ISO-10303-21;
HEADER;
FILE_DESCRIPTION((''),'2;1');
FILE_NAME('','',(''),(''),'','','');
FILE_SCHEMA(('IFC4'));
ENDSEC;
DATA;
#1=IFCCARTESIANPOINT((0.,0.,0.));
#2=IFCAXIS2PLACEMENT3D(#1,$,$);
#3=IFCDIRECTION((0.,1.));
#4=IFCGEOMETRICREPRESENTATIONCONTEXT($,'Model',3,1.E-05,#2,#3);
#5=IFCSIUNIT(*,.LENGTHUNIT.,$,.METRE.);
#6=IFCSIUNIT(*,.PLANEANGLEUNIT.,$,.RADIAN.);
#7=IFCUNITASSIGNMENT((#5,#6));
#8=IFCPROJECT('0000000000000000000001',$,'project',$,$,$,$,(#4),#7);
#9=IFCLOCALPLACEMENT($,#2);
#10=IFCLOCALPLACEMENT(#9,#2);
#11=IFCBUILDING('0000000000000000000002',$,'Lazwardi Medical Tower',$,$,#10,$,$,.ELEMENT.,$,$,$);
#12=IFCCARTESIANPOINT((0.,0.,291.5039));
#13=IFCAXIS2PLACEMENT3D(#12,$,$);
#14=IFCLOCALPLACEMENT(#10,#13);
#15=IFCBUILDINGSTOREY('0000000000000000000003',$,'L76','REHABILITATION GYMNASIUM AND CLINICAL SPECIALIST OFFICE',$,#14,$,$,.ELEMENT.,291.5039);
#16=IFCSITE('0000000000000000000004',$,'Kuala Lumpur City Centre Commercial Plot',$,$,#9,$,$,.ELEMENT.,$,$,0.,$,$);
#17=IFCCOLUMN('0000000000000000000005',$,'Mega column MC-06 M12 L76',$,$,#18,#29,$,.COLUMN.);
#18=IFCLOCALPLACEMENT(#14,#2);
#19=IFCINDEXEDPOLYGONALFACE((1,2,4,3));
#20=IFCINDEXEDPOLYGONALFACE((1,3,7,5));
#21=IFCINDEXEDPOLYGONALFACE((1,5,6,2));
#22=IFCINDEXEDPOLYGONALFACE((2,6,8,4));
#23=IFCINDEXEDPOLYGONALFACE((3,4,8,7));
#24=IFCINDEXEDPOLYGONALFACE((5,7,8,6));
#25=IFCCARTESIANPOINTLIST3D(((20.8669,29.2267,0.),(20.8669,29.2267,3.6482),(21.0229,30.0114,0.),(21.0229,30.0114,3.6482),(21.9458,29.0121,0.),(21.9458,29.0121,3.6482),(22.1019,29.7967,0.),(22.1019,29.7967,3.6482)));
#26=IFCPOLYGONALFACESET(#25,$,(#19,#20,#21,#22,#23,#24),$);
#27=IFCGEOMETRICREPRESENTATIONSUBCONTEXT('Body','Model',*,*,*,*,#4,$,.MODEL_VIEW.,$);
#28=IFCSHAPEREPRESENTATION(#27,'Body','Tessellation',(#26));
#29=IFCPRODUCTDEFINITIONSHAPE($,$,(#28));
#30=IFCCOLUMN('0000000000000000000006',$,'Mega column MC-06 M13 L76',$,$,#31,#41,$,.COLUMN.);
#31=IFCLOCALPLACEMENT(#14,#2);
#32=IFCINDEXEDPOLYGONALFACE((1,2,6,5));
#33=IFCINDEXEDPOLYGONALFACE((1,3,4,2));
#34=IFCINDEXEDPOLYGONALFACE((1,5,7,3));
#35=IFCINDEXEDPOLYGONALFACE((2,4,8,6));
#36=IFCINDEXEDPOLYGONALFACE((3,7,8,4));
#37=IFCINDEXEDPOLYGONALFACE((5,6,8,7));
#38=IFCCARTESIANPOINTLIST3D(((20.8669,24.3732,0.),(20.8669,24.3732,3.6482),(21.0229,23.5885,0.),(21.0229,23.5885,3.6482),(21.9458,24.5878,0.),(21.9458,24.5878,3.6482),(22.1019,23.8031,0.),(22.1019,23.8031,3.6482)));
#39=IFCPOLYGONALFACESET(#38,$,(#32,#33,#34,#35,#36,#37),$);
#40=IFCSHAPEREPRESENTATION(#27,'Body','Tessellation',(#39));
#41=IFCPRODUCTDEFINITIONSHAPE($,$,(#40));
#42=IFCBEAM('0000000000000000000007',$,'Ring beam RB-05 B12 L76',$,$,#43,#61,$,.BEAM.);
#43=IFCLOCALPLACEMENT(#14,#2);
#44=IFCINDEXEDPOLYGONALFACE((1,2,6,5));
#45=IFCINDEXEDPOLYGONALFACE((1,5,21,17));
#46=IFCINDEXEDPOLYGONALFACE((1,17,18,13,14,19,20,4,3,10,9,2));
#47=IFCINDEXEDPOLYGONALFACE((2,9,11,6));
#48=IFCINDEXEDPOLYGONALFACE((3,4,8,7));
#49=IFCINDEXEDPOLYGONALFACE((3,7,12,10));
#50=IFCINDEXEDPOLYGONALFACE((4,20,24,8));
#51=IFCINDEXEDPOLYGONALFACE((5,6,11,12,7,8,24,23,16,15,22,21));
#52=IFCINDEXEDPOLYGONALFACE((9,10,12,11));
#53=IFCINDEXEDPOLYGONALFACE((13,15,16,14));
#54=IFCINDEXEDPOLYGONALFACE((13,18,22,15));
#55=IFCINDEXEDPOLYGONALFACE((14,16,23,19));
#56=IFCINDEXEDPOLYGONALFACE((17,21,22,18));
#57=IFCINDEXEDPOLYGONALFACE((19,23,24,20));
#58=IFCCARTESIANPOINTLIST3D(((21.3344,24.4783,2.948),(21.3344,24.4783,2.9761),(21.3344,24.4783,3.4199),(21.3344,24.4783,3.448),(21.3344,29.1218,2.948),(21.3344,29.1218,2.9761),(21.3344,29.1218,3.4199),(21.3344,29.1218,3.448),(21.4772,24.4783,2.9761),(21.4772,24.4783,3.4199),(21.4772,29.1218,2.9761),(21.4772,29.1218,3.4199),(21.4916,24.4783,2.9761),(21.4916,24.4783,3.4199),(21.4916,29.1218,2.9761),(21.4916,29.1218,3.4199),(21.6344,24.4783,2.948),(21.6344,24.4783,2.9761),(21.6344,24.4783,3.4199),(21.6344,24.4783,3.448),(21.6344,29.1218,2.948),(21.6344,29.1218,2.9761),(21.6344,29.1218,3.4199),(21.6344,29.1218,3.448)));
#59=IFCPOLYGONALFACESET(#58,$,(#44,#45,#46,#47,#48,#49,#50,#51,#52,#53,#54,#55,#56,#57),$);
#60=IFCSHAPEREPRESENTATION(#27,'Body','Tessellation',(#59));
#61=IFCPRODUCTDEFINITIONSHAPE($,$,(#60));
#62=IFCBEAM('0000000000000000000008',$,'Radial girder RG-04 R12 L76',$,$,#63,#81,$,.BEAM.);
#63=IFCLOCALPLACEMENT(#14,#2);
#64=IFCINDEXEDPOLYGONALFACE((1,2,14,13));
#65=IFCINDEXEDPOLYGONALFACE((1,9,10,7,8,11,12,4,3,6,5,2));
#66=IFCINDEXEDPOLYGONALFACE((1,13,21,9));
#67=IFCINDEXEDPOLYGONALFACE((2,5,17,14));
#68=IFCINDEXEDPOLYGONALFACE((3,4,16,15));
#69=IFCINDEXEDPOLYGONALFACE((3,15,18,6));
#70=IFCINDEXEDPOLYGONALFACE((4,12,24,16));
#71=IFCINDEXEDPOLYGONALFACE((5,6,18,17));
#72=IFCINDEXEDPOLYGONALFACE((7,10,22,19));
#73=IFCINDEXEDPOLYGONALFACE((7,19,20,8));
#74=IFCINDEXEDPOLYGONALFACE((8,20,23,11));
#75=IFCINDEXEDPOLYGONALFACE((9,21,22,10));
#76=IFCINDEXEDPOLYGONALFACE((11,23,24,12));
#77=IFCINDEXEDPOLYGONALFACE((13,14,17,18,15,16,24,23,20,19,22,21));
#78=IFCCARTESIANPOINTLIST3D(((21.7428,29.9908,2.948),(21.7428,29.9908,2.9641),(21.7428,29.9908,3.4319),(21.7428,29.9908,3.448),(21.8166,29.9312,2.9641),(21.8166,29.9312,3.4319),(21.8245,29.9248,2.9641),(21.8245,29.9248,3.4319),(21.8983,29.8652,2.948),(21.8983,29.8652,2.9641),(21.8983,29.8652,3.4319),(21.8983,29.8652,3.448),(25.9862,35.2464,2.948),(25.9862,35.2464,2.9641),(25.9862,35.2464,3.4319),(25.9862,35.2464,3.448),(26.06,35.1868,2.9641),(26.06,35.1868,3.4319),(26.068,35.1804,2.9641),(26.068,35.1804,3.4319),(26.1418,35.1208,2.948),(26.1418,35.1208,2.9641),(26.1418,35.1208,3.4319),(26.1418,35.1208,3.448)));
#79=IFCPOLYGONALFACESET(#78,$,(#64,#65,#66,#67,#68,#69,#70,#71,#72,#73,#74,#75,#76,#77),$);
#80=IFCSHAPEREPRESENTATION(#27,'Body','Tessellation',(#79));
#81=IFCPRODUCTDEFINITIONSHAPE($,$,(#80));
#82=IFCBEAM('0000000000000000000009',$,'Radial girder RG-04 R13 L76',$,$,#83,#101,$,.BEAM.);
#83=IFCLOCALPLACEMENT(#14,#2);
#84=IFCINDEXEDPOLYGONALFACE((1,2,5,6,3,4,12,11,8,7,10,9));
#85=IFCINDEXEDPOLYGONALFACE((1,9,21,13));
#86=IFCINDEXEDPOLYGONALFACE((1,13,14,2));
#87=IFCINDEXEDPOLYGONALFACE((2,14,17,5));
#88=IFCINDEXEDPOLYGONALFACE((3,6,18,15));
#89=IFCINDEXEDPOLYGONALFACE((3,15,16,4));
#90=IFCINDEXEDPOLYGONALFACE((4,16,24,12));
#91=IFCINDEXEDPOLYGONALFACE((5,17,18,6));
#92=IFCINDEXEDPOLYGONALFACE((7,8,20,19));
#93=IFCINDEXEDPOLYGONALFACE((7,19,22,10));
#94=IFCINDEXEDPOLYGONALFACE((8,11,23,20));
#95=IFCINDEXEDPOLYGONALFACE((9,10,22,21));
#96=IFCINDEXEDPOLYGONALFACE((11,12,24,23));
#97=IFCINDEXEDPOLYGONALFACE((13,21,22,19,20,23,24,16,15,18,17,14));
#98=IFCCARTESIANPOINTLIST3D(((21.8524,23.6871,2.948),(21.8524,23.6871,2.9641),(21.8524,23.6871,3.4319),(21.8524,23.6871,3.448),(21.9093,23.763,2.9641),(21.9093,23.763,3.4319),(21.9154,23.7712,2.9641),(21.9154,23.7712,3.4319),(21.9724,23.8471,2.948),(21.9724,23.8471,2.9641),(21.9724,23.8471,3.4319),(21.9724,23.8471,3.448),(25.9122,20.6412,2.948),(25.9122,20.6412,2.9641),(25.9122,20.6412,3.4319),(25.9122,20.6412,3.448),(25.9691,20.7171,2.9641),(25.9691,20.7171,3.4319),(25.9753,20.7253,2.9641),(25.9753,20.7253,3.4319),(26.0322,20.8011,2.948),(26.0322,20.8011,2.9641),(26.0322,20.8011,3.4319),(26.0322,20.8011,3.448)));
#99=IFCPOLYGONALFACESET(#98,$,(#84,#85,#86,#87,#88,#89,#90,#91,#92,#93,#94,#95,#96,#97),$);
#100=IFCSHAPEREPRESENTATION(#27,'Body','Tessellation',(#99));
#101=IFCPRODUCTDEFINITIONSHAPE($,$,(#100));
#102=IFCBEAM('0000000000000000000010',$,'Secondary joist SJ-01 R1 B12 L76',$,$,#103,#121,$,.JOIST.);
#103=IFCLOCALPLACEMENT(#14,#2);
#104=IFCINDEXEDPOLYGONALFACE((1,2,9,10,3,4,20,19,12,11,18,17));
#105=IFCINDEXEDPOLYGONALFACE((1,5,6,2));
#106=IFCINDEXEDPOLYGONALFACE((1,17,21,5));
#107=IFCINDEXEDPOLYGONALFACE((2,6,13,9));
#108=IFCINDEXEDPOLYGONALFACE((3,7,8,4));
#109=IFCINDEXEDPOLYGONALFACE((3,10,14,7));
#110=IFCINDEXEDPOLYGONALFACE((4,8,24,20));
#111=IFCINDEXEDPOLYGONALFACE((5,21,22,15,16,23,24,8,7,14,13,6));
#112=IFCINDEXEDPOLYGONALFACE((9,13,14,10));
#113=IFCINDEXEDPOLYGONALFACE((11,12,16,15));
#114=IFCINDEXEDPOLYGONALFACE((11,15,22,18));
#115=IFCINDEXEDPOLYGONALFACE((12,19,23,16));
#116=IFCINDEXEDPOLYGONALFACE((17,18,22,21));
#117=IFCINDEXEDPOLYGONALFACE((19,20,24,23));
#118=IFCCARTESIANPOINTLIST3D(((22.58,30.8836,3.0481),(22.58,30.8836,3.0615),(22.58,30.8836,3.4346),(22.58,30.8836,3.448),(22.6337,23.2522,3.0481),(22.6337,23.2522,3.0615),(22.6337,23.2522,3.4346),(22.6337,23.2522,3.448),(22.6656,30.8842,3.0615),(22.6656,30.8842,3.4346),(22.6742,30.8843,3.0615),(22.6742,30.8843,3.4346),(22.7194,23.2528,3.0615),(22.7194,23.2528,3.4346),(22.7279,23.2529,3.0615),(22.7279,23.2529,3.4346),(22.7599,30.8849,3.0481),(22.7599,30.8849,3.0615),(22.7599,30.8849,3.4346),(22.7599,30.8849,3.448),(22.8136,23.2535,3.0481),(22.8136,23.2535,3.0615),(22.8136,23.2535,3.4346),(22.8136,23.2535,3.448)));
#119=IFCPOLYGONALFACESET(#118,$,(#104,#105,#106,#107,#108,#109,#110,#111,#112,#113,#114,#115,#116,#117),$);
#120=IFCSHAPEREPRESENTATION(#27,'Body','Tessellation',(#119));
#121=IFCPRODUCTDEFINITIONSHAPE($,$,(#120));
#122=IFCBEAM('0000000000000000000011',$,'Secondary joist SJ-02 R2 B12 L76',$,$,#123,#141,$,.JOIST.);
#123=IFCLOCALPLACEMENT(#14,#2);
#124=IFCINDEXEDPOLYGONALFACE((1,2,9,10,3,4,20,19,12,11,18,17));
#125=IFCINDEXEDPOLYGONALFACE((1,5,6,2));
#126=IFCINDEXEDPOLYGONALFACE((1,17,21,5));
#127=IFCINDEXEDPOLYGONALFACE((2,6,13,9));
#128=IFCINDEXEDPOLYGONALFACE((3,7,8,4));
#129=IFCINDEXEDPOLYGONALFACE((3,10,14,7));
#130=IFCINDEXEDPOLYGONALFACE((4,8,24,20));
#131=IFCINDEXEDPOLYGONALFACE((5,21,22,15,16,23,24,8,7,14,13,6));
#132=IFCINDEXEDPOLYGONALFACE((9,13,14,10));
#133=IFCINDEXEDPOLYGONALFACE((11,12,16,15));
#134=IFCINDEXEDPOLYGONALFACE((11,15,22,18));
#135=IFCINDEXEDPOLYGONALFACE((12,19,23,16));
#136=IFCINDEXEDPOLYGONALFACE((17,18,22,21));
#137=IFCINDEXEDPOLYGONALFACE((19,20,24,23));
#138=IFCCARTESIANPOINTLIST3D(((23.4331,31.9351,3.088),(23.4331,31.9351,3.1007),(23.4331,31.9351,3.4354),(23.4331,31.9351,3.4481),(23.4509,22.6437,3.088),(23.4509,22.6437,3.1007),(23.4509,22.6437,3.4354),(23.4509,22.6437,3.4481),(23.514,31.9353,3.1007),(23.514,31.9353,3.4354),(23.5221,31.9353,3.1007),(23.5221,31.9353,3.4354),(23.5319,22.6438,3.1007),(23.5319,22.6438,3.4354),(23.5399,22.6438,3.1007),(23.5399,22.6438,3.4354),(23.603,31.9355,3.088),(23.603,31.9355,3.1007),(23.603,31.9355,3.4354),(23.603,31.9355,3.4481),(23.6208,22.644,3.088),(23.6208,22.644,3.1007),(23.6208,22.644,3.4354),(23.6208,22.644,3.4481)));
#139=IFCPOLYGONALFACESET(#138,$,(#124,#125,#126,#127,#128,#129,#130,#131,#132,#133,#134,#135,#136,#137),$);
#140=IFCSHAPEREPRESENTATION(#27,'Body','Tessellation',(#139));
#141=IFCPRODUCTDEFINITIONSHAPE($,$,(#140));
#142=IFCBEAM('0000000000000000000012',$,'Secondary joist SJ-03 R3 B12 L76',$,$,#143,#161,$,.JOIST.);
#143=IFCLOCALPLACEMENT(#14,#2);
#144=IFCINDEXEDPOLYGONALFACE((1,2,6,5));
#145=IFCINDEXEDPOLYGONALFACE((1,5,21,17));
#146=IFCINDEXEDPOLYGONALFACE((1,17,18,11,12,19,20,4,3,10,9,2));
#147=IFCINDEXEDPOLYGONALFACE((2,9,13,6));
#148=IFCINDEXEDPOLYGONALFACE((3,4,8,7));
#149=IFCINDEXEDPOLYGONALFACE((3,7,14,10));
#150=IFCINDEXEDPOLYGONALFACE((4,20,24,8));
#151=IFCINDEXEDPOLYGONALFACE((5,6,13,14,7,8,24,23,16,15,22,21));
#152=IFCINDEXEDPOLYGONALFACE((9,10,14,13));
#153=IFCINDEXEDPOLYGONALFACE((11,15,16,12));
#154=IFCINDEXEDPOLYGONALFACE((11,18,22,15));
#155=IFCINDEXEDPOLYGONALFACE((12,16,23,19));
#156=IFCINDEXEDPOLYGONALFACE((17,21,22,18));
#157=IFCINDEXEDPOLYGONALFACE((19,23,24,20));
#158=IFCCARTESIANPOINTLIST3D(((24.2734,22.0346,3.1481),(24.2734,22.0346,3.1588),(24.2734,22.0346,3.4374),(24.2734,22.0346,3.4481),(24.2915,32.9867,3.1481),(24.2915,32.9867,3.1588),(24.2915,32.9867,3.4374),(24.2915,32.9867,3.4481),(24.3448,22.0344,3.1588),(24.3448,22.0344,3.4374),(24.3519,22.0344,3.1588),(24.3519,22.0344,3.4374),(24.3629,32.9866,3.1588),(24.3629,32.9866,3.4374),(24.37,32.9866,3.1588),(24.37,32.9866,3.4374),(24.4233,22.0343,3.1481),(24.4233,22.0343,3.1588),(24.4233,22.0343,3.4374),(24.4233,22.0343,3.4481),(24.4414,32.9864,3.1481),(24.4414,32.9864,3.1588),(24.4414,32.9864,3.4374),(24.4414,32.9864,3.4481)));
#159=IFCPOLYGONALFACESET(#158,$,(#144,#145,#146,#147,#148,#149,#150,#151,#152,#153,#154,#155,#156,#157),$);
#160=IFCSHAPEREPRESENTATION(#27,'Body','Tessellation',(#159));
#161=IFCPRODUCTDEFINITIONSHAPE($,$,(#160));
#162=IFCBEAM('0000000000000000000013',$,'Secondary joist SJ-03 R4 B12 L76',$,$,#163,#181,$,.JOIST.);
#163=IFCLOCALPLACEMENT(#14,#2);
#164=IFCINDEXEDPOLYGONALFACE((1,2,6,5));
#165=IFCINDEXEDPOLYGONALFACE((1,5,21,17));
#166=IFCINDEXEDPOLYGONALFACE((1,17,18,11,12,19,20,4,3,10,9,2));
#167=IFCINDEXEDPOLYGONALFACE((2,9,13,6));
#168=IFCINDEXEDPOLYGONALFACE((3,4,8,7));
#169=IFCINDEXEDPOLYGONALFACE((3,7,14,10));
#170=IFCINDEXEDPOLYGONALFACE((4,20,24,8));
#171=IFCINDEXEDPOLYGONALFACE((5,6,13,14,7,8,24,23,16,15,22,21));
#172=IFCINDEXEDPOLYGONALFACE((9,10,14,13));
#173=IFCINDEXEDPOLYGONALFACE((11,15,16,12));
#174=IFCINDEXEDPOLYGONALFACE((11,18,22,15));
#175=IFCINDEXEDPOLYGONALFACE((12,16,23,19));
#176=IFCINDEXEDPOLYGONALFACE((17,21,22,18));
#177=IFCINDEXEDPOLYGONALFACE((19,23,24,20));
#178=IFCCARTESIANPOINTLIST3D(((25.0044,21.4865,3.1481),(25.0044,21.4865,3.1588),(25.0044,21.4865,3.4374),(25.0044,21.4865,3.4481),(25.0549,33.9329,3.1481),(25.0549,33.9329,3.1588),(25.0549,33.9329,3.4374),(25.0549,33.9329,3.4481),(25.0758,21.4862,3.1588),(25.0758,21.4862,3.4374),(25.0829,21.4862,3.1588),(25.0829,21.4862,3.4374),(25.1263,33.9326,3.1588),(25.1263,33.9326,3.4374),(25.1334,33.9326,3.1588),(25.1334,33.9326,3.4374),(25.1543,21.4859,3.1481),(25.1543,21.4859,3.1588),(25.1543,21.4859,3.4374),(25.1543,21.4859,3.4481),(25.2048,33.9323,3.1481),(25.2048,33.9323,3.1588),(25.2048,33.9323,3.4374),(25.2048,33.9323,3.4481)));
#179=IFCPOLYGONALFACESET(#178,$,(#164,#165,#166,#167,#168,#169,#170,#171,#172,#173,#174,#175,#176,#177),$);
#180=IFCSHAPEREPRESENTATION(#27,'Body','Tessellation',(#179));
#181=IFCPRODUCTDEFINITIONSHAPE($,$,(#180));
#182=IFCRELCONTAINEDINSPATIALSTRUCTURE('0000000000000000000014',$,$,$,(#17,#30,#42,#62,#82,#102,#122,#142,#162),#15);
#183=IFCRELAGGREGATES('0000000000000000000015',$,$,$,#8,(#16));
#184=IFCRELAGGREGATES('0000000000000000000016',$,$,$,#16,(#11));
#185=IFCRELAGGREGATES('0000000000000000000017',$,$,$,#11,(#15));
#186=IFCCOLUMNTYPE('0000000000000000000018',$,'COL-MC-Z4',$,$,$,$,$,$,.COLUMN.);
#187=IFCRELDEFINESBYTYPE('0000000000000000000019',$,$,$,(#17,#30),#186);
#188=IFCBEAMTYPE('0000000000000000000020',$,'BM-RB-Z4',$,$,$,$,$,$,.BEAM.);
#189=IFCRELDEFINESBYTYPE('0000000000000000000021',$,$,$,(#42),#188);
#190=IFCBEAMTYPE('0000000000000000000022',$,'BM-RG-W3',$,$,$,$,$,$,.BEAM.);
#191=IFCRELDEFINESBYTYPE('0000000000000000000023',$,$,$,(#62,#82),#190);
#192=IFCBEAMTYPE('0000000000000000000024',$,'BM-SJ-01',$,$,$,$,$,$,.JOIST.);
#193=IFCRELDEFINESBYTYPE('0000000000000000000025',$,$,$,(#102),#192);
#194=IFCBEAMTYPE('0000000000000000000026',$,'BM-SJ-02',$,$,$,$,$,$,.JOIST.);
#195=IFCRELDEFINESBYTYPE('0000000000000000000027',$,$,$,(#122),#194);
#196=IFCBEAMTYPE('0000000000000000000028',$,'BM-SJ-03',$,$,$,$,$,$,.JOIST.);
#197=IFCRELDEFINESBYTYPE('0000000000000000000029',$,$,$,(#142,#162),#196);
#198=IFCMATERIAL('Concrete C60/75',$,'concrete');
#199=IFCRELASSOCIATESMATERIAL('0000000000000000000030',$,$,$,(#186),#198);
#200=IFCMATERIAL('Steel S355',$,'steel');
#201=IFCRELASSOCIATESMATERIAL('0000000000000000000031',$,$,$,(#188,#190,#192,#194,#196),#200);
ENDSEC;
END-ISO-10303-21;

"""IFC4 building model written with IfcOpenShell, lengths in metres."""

from ifc_helpers import new_model, si_unit, direction, frame, origin, origin_2d, place, context, subcontext, project, spatial, rectangle, i_section, extrude, material, material_profile, profile_set, type_object, element, save


model = new_model("IFC4")

# Units and contexts
model_context = context("Model", 3, precision=1e-05, world=origin(), true_north=direction((0.0, 1.0)))
body_context = subcontext(model_context, "Body", "Model", "MODEL_VIEW")
ifc_project = project(units=[si_unit("LENGTHUNIT", "METRE"), si_unit("PLANEANGLEUNIT", "RADIAN")], contexts=[model_context])

# Site, building, storey
site_placement = place(None, origin())
site = spatial("IfcSite", under=ifc_project, at=site_placement, Name="Kuala Lumpur City Centre Commercial Plot", CompositionType="ELEMENT", RefElevation=0.0)
building_placement = place(site_placement, origin())
building = spatial("IfcBuilding", under=site, at=building_placement, Name="Lazwardi Medical Tower", CompositionType="ELEMENT")
storey_placement = place(building_placement, frame((0.0, 0.0, 291.5039)))
storey = spatial("IfcBuildingStorey", under=building, at=storey_placement, Name="L76", Description="REHABILITATION GYMNASIUM AND CLINICAL SPECIALIST OFFICE", CompositionType="ELEMENT", Elevation=291.5039)

# Columns
ifc_material_1 = material(Name="Concrete C60/75", Category="concrete")
ifc_material_profile_1 = material_profile(ifc_material_1, rectangle(XDim=1.1001, YDim=0.8, at=origin_2d()), Name="CFT-RECT 1100x800")
ifc_profile_set_1 = profile_set([ifc_material_profile_1], Name="Concrete C60/75")
column_type = type_object("IfcColumnType", Name="COL-MC-Z4", PredefinedType="COLUMN", material=ifc_profile_set_1)
for number, where, z_axis, x_axis, name in (
    (1, (21.4844, 29.5117, 0.0), (0.0, 0.0, 1.0), (-0.980785, 0.19509, 0.0), "Mega column MC-06 M12 L76"),
    (2, (21.4844, 24.0881, 0.0), (0.0, 0.0, 1.0), (-0.980785, -0.19509, 0.0), "Mega column MC-06 M13 L76"),
):
    element("IfcColumn", number, at=place(storey_placement, frame(where, z_axis=z_axis, x_axis=x_axis)), inside=storey, type_object=column_type, Name=name, PredefinedType="COLUMN", context=body_context, shape_type="SweptSolid", body=[
        extrude(rectangle(XDim=1.1001, YDim=0.8, at=origin_2d()), origin(), (0.0, 0.0, 1.0), 3.6482),
    ])

# Beams
ifc_material_2 = material(Name="Steel S355", Category="steel")
ifc_material_profile_2 = material_profile(ifc_material_2, i_section(OverallWidth=0.3, OverallDepth=0.5, WebThickness=0.0144, FlangeThickness=0.0281, at=origin_2d()), Name="HEB 500")
ifc_profile_set_2 = profile_set([ifc_material_profile_2], Name="Steel S355")
beam_type_1 = type_object("IfcBeamType", Name="BM-RB-Z4", PredefinedType="BEAM", material=ifc_profile_set_2)
beam_1_placement = place(storey_placement, frame((21.4844, 29.1218, 3.198), z_axis=(0.0, -1.0, 0.0), x_axis=(1.0, 0.0, 0.0)))
element("IfcBeam", 3, at=beam_1_placement, inside=storey, type_object=beam_type_1, Name="Ring beam RB-05 B12 L76", PredefinedType="BEAM", context=body_context, shape_type="SweptSolid", body=[
    extrude(i_section(OverallWidth=0.3, OverallDepth=0.5, WebThickness=0.0144, FlangeThickness=0.0281, at=origin_2d()), origin(), (0.0, 0.0, 1.0), 4.6436),
])
ifc_material_profile_3 = material_profile(ifc_material_2, i_section(OverallWidth=0.2, OverallDepth=0.5, WebThickness=0.0103, FlangeThickness=0.0161, at=origin_2d()), Name="IPE 500")
ifc_profile_set_3 = profile_set([ifc_material_profile_3], Name="Steel S355")
beam_type_2 = type_object("IfcBeamType", Name="BM-RG-W3", PredefinedType="BEAM", material=ifc_profile_set_3)
beam_2_placement = place(storey_placement, frame((21.8206, 29.928, 3.198), z_axis=(0.628202, 0.778051, 0.0), x_axis=(-0.778051, 0.628202, 0.0)))
element("IfcBeam", 4, at=beam_2_placement, inside=storey, type_object=beam_type_2, Name="Radial girder RG-04 R12 L76", PredefinedType="BEAM", context=body_context, shape_type="SweptSolid", body=[
    extrude(i_section(OverallWidth=0.2, OverallDepth=0.5, WebThickness=0.0103, FlangeThickness=0.0161, at=origin_2d()), origin(), (0.0, 0.0, 1.0), 6.7549),
])
beam_3_placement = place(storey_placement, frame((21.9124, 23.7671, 3.198), z_axis=(0.799902, -0.600131, 0.0), x_axis=(0.600131, 0.799902, 0.0)))
element("IfcBeam", 5, at=beam_3_placement, inside=storey, type_object=beam_type_2, Name="Radial girder RG-04 R13 L76", PredefinedType="BEAM", context=body_context, shape_type="SweptSolid", body=[
    extrude(i_section(OverallWidth=0.2, OverallDepth=0.5, WebThickness=0.0103, FlangeThickness=0.0161, at=origin_2d()), origin(), (0.0, 0.0, 1.0), 5.0754),
])
ifc_material_profile_4 = material_profile(ifc_material_2, i_section(OverallWidth=0.1799, OverallDepth=0.3999, WebThickness=0.0085, FlangeThickness=0.0134, at=origin_2d()), Name="IPE 400")
ifc_profile_set_4 = profile_set([ifc_material_profile_4], Name="Steel S355")
beam_type_3 = type_object("IfcBeamType", Name="BM-SJ-01", PredefinedType="JOIST", material=ifc_profile_set_4)
beam_4_placement = place(storey_placement, frame((22.6699, 30.8843, 3.248), z_axis=(0.007038, -0.999975, 0.0), x_axis=(0.999975, 0.007038, 0.0)))
element("IfcBeam", 6, at=beam_4_placement, inside=storey, type_object=beam_type_3, Name="Secondary joist SJ-01 R1 B12 L76", PredefinedType="JOIST", context=body_context, shape_type="SweptSolid", body=[
    extrude(i_section(OverallWidth=0.1799, OverallDepth=0.3999, WebThickness=0.0085, FlangeThickness=0.0134, at=origin_2d()), origin(), (0.0, 0.0, 1.0), 7.6316),
])
ifc_material_profile_5 = material_profile(ifc_material_2, i_section(OverallWidth=0.1699, OverallDepth=0.3601, WebThickness=0.0081, FlangeThickness=0.0127, at=origin_2d()), Name="IPE 360")
ifc_profile_set_5 = profile_set([ifc_material_profile_5], Name="Steel S355")
beam_type_4 = type_object("IfcBeamType", Name="BM-SJ-02", PredefinedType="JOIST", material=ifc_profile_set_5)
beam_5_placement = place(storey_placement, frame((23.5181, 31.9353, 3.2681), z_axis=(0.001918, -0.999998, 0.0), x_axis=(0.999998, 0.001918, 0.0)))
element("IfcBeam", 7, at=beam_5_placement, inside=storey, type_object=beam_type_4, Name="Secondary joist SJ-02 R2 B12 L76", PredefinedType="JOIST", context=body_context, shape_type="SweptSolid", body=[
    extrude(i_section(OverallWidth=0.1699, OverallDepth=0.3601, WebThickness=0.0081, FlangeThickness=0.0127, at=origin_2d()), origin(), (0.0, 0.0, 1.0), 9.2915),
])
ifc_material_profile_6 = material_profile(ifc_material_2, i_section(OverallWidth=0.1499, OverallDepth=0.3, WebThickness=0.0071, FlangeThickness=0.0107, at=origin_2d()), Name="IPE 300")
ifc_profile_set_6 = profile_set([ifc_material_profile_6], Name="Steel S355")
beam_type_5 = type_object("IfcBeamType", Name="BM-SJ-03", PredefinedType="JOIST", material=ifc_profile_set_6)
beam_6_placement = place(storey_placement, frame((24.3665, 32.9866, 3.2981), z_axis=(-0.00165, -0.999999, 0.0), x_axis=(0.999999, -0.00165, 0.0)))
element("IfcBeam", 8, at=beam_6_placement, inside=storey, type_object=beam_type_5, Name="Secondary joist SJ-03 R3 B12 L76", PredefinedType="JOIST", context=body_context, shape_type="SweptSolid", body=[
    extrude(i_section(OverallWidth=0.1499, OverallDepth=0.3, WebThickness=0.0071, FlangeThickness=0.0107, at=origin_2d()), origin(), (0.0, 0.0, 1.0), 10.9521),
])
beam_7_placement = place(storey_placement, frame((25.1299, 33.9326, 3.2981), z_axis=(-0.00406, -0.999992, 0.0), x_axis=(0.999992, -0.00406, 0.0)))
element("IfcBeam", 9, at=beam_7_placement, inside=storey, type_object=beam_type_5, Name="Secondary joist SJ-03 R4 B12 L76", PredefinedType="JOIST", context=body_context, shape_type="SweptSolid", body=[
    extrude(i_section(OverallWidth=0.1499, OverallDepth=0.3, WebThickness=0.0071, FlangeThickness=0.0107, at=origin_2d()), origin(), (0.0, 0.0, 1.0), 12.4465),
])

save(model, "model.ifc")
